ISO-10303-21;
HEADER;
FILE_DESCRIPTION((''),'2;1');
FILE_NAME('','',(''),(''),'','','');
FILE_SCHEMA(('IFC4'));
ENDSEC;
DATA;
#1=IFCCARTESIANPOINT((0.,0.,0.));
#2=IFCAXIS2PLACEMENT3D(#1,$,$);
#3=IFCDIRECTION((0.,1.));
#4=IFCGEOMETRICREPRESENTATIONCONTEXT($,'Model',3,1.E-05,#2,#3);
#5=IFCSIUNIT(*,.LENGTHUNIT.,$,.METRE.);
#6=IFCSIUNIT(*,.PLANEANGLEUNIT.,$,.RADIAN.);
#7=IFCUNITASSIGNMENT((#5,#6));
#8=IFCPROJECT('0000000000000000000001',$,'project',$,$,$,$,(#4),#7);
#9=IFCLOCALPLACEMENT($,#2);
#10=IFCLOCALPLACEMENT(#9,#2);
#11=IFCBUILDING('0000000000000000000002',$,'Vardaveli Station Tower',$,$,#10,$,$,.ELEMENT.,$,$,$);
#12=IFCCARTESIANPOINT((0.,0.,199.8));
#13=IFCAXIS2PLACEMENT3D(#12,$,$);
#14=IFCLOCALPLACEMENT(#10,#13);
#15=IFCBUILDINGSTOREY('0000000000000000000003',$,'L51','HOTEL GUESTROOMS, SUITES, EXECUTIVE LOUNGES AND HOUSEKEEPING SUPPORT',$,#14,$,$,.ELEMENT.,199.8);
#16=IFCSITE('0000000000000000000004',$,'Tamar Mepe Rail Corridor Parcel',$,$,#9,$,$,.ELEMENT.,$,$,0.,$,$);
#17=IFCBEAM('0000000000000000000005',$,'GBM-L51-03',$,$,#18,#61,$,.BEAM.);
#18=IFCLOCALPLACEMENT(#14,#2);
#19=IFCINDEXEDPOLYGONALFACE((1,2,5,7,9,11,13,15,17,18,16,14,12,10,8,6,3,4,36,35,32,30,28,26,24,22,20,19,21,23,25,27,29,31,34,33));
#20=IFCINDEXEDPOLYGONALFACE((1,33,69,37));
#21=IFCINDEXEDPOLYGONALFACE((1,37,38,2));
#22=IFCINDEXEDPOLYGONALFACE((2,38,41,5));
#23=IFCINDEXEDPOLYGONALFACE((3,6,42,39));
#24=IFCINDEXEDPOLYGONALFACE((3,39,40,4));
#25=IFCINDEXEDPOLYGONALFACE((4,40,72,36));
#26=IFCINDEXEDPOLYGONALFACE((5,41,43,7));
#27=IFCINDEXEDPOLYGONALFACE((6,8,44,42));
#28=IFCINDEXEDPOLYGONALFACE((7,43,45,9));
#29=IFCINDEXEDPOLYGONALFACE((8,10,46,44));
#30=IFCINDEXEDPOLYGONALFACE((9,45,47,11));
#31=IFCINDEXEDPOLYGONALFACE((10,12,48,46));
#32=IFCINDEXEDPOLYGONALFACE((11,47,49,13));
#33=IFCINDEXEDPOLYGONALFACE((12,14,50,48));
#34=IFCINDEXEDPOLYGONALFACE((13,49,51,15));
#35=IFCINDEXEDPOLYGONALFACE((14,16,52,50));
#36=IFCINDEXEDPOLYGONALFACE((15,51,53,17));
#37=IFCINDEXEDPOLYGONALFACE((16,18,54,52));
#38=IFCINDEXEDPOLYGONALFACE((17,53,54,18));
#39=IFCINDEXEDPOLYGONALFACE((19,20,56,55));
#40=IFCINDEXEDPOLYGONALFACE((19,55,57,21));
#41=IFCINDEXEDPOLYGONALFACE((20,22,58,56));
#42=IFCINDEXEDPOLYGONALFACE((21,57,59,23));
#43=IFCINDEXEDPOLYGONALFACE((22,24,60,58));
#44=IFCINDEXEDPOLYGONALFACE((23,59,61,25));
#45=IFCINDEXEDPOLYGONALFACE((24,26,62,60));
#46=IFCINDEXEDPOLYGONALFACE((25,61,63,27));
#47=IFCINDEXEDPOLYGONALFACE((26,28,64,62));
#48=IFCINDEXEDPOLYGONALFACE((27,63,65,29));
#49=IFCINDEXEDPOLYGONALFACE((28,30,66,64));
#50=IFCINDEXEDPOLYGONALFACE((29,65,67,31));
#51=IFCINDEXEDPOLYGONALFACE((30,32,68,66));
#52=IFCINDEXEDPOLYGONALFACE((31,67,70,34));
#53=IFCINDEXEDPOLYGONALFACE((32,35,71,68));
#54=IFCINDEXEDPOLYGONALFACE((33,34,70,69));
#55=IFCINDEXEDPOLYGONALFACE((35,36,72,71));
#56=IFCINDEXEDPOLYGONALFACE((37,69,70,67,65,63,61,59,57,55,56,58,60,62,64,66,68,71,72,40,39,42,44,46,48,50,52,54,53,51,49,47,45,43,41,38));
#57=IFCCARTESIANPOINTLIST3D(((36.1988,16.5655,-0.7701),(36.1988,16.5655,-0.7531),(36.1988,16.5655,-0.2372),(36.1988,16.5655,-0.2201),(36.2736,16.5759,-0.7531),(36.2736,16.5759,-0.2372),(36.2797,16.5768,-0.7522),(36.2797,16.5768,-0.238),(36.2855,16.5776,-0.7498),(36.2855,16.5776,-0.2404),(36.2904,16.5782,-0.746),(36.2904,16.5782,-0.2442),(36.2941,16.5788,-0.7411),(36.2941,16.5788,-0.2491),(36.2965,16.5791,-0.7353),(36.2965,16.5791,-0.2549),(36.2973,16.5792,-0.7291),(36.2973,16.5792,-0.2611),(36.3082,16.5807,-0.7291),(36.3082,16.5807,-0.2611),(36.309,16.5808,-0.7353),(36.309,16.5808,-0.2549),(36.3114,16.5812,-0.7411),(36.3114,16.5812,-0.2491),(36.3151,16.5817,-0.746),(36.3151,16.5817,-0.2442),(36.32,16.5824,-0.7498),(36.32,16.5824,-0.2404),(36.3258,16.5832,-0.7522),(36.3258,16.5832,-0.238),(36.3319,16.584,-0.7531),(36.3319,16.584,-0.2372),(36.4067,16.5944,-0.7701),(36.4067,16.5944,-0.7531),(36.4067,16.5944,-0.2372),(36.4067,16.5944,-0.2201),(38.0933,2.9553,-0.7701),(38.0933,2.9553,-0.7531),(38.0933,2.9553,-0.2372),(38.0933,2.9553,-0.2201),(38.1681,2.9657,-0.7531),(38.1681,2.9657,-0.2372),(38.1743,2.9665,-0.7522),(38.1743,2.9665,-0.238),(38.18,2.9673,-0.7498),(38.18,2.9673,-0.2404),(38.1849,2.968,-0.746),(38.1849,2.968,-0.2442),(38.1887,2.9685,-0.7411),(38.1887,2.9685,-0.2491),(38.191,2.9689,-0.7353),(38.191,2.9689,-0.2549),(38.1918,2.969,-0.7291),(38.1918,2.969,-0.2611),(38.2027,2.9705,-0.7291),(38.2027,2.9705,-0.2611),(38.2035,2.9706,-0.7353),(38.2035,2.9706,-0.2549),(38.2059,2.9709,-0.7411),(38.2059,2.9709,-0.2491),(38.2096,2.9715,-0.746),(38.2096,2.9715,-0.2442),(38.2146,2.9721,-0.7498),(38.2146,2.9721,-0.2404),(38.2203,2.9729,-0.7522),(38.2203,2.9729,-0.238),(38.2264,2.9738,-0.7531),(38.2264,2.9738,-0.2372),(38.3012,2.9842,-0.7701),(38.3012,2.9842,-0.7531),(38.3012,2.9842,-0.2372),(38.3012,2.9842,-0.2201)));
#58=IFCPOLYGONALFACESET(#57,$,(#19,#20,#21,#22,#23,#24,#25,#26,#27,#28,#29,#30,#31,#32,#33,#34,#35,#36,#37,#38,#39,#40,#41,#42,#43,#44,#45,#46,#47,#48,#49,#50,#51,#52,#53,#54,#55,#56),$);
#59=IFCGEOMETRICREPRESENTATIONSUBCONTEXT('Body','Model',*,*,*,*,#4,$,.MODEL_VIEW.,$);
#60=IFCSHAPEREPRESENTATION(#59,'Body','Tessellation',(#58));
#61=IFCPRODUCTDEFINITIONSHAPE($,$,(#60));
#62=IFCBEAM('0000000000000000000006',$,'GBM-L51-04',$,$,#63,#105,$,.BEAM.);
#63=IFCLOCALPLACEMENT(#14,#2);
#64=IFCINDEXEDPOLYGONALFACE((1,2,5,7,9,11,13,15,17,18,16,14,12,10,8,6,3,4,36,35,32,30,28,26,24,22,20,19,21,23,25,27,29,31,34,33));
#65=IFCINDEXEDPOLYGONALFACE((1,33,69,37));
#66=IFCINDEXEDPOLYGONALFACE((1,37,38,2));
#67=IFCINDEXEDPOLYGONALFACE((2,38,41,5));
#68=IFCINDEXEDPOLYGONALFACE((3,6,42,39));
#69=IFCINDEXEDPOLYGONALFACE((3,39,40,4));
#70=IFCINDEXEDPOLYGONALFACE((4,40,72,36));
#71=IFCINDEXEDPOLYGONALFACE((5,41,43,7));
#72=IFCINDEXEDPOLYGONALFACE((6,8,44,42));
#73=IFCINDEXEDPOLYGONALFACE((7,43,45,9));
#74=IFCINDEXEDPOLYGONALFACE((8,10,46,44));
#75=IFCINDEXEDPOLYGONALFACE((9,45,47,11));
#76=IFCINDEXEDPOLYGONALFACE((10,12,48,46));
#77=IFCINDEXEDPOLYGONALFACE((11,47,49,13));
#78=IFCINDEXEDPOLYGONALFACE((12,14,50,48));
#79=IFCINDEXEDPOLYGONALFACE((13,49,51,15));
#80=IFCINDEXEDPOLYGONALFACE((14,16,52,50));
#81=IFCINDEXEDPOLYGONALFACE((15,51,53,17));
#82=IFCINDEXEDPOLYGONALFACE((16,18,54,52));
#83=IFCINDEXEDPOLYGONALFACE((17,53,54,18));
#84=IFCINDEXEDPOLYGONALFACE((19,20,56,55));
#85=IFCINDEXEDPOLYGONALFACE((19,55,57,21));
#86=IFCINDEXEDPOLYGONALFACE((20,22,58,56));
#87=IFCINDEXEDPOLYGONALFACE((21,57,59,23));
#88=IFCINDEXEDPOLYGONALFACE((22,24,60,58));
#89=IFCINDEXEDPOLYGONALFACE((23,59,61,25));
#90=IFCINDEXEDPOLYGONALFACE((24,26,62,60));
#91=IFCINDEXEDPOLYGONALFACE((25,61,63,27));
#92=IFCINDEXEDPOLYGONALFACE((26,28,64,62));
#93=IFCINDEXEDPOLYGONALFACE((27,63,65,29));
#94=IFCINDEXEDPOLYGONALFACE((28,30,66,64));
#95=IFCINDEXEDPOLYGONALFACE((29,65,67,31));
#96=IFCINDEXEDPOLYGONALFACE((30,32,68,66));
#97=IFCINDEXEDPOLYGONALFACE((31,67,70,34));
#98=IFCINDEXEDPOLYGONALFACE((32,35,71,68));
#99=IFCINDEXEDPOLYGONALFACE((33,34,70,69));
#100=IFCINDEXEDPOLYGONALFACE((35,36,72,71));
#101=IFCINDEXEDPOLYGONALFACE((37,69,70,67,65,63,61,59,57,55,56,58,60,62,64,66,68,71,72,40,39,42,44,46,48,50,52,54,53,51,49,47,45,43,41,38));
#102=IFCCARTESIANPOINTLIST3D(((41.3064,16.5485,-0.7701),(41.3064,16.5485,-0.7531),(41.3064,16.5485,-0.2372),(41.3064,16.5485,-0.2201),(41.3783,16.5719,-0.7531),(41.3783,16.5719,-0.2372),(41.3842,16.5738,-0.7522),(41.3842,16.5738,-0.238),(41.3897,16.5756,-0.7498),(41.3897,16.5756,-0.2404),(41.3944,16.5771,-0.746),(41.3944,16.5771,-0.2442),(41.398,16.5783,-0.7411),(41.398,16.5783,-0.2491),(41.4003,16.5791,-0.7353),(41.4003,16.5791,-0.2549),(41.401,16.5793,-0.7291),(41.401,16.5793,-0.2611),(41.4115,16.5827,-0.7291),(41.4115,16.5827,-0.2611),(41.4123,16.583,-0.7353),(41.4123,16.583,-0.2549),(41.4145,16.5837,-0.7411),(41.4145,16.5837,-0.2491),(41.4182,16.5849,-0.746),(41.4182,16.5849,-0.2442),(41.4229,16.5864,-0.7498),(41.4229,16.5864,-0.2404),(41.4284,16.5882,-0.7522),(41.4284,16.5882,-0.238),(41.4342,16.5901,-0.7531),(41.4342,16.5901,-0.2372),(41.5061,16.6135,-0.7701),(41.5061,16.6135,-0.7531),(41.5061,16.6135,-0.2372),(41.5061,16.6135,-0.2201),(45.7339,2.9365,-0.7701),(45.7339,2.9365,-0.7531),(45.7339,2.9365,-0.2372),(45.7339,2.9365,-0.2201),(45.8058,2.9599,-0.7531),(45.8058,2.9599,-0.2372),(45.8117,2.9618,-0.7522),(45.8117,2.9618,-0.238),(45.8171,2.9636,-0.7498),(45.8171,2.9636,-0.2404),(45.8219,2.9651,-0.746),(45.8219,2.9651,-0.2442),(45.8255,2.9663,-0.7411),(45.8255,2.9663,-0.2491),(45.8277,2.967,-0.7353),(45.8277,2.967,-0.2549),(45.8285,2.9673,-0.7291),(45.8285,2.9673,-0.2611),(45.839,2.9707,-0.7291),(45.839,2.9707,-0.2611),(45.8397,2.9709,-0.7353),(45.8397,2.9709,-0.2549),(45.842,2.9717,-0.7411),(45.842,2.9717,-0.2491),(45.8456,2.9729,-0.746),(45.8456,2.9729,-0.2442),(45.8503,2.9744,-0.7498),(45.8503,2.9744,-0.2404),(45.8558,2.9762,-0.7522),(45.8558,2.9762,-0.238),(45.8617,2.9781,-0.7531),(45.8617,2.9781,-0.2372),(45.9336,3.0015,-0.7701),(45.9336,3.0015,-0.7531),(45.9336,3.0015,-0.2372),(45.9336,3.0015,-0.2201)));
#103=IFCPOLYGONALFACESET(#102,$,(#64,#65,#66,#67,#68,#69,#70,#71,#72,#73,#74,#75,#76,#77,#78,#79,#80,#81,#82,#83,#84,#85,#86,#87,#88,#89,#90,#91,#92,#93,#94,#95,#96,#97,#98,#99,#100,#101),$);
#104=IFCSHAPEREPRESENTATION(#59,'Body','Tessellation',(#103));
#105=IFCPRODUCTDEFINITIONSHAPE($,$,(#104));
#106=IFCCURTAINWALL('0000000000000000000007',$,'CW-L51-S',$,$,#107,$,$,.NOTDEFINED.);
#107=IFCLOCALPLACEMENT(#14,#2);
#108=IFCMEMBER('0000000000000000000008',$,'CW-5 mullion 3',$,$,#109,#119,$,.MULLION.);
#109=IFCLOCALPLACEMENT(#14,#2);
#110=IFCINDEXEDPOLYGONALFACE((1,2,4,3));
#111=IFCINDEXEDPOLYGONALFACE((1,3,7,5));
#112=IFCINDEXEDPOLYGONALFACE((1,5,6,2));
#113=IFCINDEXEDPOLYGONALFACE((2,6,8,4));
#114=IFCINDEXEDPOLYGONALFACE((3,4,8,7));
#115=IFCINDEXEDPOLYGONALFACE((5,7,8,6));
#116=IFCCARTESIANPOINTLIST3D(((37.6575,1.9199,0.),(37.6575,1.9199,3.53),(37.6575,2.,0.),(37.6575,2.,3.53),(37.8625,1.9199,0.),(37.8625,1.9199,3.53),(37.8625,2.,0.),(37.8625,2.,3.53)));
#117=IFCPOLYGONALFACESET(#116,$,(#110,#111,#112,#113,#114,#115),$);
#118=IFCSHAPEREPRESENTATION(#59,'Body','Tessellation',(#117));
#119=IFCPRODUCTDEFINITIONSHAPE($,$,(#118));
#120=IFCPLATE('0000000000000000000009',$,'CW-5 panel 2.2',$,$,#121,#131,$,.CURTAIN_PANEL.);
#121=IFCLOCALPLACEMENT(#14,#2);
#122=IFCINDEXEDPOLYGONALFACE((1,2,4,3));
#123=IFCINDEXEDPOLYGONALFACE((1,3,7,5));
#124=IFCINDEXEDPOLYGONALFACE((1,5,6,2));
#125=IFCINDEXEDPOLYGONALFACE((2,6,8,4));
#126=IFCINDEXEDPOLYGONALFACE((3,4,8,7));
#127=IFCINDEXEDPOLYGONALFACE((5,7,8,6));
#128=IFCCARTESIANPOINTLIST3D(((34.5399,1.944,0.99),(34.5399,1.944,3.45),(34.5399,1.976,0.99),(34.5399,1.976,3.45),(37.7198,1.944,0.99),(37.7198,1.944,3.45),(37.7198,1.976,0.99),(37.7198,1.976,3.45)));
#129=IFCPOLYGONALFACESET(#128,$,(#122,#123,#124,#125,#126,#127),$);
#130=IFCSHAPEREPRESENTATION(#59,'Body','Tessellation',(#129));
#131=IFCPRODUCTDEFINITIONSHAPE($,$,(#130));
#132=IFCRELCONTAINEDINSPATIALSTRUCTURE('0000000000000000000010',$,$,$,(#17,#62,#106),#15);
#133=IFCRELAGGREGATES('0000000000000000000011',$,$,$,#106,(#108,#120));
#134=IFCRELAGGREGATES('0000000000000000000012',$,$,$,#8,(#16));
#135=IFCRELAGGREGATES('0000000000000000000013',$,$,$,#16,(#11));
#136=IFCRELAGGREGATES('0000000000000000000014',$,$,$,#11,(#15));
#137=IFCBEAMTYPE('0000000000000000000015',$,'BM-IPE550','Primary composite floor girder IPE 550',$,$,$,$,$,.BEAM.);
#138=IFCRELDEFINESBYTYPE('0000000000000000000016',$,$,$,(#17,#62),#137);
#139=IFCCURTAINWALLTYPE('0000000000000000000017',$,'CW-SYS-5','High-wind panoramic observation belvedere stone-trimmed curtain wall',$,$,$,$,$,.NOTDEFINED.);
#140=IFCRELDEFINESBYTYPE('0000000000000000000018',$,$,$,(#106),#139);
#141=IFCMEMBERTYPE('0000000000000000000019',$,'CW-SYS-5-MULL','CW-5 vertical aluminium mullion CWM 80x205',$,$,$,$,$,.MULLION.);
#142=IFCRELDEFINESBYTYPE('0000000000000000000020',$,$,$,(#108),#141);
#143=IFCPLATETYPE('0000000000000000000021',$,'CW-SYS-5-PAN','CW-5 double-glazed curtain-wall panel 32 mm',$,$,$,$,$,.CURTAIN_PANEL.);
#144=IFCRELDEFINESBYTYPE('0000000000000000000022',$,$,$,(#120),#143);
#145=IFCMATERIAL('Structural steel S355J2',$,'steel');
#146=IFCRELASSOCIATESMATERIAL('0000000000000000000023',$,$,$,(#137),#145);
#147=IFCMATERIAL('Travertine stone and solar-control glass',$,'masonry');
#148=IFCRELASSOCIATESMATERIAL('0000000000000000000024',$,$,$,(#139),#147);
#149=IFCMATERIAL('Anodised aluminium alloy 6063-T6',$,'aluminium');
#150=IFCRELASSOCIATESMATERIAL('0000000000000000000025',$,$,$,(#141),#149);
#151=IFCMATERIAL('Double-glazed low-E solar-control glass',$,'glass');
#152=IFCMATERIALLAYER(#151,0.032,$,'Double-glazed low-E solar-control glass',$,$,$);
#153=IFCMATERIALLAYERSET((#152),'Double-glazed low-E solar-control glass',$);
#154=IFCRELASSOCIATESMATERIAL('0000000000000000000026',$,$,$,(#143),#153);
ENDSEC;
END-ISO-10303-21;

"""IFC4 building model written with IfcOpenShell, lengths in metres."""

from ifc_helpers import new_model, si_unit, direction, frame, origin, origin_2d, place, context, subcontext, project, spatial, rectangle, i_section, extrude, source, transform, mapped, material, layer, layer_set, material_profile, profile_set, type_object, element, aggregate, save


model = new_model("IFC4")

# Units and contexts
model_context = context("Model", 3, precision=1e-05, world=origin(), true_north=direction((0.0, 1.0)))
body_context = subcontext(model_context, "Body", "Model", "MODEL_VIEW")
ifc_project = project(units=[si_unit("LENGTHUNIT", "METRE"), si_unit("PLANEANGLEUNIT", "RADIAN")], contexts=[model_context])

# Site, building, storey
site_placement = place(None, origin())
site = spatial("IfcSite", under=ifc_project, at=site_placement, Name="Tamar Mepe Rail Corridor Parcel", CompositionType="ELEMENT", RefElevation=0.0)
building_placement = place(site_placement, origin())
building = spatial("IfcBuilding", under=site, at=building_placement, Name="Vardaveli Station Tower", CompositionType="ELEMENT")
storey_placement = place(building_placement, frame((0.0, 0.0, 199.8)))
storey = spatial("IfcBuildingStorey", under=building, at=storey_placement, Name="L51", Description="HOTEL GUESTROOMS, SUITES, EXECUTIVE LOUNGES AND HOUSEKEEPING SUPPORT", CompositionType="ELEMENT", Elevation=199.8)

# Beams
ifc_material_1 = material(Name="Structural steel S355J2", Category="steel")
ifc_material_profile_1 = material_profile(ifc_material_1, i_section(OverallWidth=0.21, OverallDepth=0.55, WebThickness=0.011, FlangeThickness=0.0171, FilletRadius=0.0239, at=origin_2d()), Name="IPE 550")
ifc_profile_set_1 = profile_set([ifc_material_profile_1], Name="Structural steel S355J2")
beam_type_1 = type_object("IfcBeamType", Name="BM-IPE550", Description="Primary composite floor girder IPE 550", PredefinedType="BEAM", material=ifc_profile_set_1)
shared_shape_1 = source(origin(), body_context, "Body", "SweptSolid", [
    extrude(i_section(OverallWidth=0.21, OverallDepth=0.55, WebThickness=0.011, FlangeThickness=0.0171, FilletRadius=0.0239, at=origin_2d()), origin(), (0.0, 0.0, 1.0), 13.7415),
])
beam_1_placement = place(storey_placement, frame((38.1973, 2.9697, -0.4951), z_axis=(-0.137869, 0.990451, 0.0), x_axis=(-0.990451, -0.137869, 0.0)))
element("IfcBeam", 1, at=beam_1_placement, inside=storey, type_object=beam_type_1, Name="GBM-L51-03", PredefinedType="BEAM", context=body_context, shape_type="MappedRepresentation", body=[
    mapped(shared_shape_1, transform((0.0, 0.0, 0.0), scale=1.0)),
])
shared_shape_2 = source(origin(), body_context, "Body", "SweptSolid", [
    extrude(i_section(OverallWidth=0.21, OverallDepth=0.55, WebThickness=0.011, FlangeThickness=0.0171, FilletRadius=0.0239, at=origin_2d()), origin(), (0.0, 0.0, 1.0), 14.314),
])
beam_2_placement = place(storey_placement, frame((45.8337, 2.969, -0.4951), z_axis=(-0.309312, 0.950961, 0.0), x_axis=(-0.950961, -0.309312, 0.0)))
element("IfcBeam", 2, at=beam_2_placement, inside=storey, type_object=beam_type_1, Name="GBM-L51-04", PredefinedType="BEAM", context=body_context, shape_type="MappedRepresentation", body=[
    mapped(shared_shape_2, transform((0.0, 0.0, 0.0), scale=1.0)),
])

# Curtain wall, member, plate
ifc_material_2 = material(Name="Travertine stone and solar-control glass", Category="masonry")
curtain_wall_type = type_object("IfcCurtainWallType", Name="CW-SYS-5", Description="High-wind panoramic observation belvedere stone-trimmed curtain wall", PredefinedType="NOTDEFINED", material=ifc_material_2)
curtain_wall_placement = place(storey_placement, origin())
curtain_wall = element("IfcCurtainWall", 3, at=curtain_wall_placement, inside=storey, type_object=curtain_wall_type, Name="CW-L51-S", PredefinedType="NOTDEFINED")
ifc_material_3 = material(Name="Anodised aluminium alloy 6063-T6", Category="aluminium")
ifc_material_profile_2 = material_profile(ifc_material_3, rectangle(XDim=0.0801, YDim=0.2051, at=origin_2d()), Name="CWM 80x205")
ifc_profile_set_2 = profile_set([ifc_material_profile_2], Name="Anodised aluminium alloy 6063-T6")
member_type = type_object("IfcMemberType", Name="CW-SYS-5-MULL", Description="CW-5 vertical aluminium mullion CWM 80x205", PredefinedType="MULLION", material=ifc_profile_set_2)
shared_shape_3 = source(origin(), body_context, "Body", "SweptSolid", [
    extrude(rectangle(XDim=0.0801, YDim=0.2051, at=origin_2d()), origin(), (0.0, 0.0, 1.0), 3.53),
])
member_placement = place(storey_placement, frame((37.76, 1.96, 0.0), z_axis=(0.0, 0.0, 1.0), x_axis=(0.0, 1.0, 0.0)))
member = element("IfcMember", 4, at=member_placement, type_object=member_type, Name="CW-5 mullion 3", PredefinedType="MULLION", context=body_context, shape_type="MappedRepresentation", body=[
    mapped(shared_shape_3, transform((0.0, 0.0, 0.0), scale=1.0)),
])
ifc_material_4 = material(Name="Double-glazed low-E solar-control glass", Category="glass")
ifc_layer_1 = layer(ifc_material_4, 0.032, Name="Double-glazed low-E solar-control glass")
ifc_layer_set_1 = layer_set([ifc_layer_1], Name="Double-glazed low-E solar-control glass")
plate_type = type_object("IfcPlateType", Name="CW-SYS-5-PAN", Description="CW-5 double-glazed curtain-wall panel 32 mm", PredefinedType="CURTAIN_PANEL", material=ifc_layer_set_1)
shared_shape_4 = source(origin(), body_context, "Body", "SweptSolid", [
    extrude(rectangle(XDim=3.1799, YDim=0.032, at=origin_2d()), origin(), (0.0, 0.0, 1.0), 2.46),
])
plate_placement = place(storey_placement, frame((36.1299, 1.96, 0.99), z_axis=(0.0, 0.0, 1.0), x_axis=(1.0, 0.0, 0.0)))
plate = element("IfcPlate", 5, at=plate_placement, type_object=plate_type, Name="CW-5 panel 2.2", PredefinedType="CURTAIN_PANEL", context=body_context, shape_type="MappedRepresentation", body=[
    mapped(shared_shape_4, transform((0.0, 0.0, 0.0), scale=1.0)),
])
aggregate(curtain_wall, [member, plate])

save(model, "model.ifc")
